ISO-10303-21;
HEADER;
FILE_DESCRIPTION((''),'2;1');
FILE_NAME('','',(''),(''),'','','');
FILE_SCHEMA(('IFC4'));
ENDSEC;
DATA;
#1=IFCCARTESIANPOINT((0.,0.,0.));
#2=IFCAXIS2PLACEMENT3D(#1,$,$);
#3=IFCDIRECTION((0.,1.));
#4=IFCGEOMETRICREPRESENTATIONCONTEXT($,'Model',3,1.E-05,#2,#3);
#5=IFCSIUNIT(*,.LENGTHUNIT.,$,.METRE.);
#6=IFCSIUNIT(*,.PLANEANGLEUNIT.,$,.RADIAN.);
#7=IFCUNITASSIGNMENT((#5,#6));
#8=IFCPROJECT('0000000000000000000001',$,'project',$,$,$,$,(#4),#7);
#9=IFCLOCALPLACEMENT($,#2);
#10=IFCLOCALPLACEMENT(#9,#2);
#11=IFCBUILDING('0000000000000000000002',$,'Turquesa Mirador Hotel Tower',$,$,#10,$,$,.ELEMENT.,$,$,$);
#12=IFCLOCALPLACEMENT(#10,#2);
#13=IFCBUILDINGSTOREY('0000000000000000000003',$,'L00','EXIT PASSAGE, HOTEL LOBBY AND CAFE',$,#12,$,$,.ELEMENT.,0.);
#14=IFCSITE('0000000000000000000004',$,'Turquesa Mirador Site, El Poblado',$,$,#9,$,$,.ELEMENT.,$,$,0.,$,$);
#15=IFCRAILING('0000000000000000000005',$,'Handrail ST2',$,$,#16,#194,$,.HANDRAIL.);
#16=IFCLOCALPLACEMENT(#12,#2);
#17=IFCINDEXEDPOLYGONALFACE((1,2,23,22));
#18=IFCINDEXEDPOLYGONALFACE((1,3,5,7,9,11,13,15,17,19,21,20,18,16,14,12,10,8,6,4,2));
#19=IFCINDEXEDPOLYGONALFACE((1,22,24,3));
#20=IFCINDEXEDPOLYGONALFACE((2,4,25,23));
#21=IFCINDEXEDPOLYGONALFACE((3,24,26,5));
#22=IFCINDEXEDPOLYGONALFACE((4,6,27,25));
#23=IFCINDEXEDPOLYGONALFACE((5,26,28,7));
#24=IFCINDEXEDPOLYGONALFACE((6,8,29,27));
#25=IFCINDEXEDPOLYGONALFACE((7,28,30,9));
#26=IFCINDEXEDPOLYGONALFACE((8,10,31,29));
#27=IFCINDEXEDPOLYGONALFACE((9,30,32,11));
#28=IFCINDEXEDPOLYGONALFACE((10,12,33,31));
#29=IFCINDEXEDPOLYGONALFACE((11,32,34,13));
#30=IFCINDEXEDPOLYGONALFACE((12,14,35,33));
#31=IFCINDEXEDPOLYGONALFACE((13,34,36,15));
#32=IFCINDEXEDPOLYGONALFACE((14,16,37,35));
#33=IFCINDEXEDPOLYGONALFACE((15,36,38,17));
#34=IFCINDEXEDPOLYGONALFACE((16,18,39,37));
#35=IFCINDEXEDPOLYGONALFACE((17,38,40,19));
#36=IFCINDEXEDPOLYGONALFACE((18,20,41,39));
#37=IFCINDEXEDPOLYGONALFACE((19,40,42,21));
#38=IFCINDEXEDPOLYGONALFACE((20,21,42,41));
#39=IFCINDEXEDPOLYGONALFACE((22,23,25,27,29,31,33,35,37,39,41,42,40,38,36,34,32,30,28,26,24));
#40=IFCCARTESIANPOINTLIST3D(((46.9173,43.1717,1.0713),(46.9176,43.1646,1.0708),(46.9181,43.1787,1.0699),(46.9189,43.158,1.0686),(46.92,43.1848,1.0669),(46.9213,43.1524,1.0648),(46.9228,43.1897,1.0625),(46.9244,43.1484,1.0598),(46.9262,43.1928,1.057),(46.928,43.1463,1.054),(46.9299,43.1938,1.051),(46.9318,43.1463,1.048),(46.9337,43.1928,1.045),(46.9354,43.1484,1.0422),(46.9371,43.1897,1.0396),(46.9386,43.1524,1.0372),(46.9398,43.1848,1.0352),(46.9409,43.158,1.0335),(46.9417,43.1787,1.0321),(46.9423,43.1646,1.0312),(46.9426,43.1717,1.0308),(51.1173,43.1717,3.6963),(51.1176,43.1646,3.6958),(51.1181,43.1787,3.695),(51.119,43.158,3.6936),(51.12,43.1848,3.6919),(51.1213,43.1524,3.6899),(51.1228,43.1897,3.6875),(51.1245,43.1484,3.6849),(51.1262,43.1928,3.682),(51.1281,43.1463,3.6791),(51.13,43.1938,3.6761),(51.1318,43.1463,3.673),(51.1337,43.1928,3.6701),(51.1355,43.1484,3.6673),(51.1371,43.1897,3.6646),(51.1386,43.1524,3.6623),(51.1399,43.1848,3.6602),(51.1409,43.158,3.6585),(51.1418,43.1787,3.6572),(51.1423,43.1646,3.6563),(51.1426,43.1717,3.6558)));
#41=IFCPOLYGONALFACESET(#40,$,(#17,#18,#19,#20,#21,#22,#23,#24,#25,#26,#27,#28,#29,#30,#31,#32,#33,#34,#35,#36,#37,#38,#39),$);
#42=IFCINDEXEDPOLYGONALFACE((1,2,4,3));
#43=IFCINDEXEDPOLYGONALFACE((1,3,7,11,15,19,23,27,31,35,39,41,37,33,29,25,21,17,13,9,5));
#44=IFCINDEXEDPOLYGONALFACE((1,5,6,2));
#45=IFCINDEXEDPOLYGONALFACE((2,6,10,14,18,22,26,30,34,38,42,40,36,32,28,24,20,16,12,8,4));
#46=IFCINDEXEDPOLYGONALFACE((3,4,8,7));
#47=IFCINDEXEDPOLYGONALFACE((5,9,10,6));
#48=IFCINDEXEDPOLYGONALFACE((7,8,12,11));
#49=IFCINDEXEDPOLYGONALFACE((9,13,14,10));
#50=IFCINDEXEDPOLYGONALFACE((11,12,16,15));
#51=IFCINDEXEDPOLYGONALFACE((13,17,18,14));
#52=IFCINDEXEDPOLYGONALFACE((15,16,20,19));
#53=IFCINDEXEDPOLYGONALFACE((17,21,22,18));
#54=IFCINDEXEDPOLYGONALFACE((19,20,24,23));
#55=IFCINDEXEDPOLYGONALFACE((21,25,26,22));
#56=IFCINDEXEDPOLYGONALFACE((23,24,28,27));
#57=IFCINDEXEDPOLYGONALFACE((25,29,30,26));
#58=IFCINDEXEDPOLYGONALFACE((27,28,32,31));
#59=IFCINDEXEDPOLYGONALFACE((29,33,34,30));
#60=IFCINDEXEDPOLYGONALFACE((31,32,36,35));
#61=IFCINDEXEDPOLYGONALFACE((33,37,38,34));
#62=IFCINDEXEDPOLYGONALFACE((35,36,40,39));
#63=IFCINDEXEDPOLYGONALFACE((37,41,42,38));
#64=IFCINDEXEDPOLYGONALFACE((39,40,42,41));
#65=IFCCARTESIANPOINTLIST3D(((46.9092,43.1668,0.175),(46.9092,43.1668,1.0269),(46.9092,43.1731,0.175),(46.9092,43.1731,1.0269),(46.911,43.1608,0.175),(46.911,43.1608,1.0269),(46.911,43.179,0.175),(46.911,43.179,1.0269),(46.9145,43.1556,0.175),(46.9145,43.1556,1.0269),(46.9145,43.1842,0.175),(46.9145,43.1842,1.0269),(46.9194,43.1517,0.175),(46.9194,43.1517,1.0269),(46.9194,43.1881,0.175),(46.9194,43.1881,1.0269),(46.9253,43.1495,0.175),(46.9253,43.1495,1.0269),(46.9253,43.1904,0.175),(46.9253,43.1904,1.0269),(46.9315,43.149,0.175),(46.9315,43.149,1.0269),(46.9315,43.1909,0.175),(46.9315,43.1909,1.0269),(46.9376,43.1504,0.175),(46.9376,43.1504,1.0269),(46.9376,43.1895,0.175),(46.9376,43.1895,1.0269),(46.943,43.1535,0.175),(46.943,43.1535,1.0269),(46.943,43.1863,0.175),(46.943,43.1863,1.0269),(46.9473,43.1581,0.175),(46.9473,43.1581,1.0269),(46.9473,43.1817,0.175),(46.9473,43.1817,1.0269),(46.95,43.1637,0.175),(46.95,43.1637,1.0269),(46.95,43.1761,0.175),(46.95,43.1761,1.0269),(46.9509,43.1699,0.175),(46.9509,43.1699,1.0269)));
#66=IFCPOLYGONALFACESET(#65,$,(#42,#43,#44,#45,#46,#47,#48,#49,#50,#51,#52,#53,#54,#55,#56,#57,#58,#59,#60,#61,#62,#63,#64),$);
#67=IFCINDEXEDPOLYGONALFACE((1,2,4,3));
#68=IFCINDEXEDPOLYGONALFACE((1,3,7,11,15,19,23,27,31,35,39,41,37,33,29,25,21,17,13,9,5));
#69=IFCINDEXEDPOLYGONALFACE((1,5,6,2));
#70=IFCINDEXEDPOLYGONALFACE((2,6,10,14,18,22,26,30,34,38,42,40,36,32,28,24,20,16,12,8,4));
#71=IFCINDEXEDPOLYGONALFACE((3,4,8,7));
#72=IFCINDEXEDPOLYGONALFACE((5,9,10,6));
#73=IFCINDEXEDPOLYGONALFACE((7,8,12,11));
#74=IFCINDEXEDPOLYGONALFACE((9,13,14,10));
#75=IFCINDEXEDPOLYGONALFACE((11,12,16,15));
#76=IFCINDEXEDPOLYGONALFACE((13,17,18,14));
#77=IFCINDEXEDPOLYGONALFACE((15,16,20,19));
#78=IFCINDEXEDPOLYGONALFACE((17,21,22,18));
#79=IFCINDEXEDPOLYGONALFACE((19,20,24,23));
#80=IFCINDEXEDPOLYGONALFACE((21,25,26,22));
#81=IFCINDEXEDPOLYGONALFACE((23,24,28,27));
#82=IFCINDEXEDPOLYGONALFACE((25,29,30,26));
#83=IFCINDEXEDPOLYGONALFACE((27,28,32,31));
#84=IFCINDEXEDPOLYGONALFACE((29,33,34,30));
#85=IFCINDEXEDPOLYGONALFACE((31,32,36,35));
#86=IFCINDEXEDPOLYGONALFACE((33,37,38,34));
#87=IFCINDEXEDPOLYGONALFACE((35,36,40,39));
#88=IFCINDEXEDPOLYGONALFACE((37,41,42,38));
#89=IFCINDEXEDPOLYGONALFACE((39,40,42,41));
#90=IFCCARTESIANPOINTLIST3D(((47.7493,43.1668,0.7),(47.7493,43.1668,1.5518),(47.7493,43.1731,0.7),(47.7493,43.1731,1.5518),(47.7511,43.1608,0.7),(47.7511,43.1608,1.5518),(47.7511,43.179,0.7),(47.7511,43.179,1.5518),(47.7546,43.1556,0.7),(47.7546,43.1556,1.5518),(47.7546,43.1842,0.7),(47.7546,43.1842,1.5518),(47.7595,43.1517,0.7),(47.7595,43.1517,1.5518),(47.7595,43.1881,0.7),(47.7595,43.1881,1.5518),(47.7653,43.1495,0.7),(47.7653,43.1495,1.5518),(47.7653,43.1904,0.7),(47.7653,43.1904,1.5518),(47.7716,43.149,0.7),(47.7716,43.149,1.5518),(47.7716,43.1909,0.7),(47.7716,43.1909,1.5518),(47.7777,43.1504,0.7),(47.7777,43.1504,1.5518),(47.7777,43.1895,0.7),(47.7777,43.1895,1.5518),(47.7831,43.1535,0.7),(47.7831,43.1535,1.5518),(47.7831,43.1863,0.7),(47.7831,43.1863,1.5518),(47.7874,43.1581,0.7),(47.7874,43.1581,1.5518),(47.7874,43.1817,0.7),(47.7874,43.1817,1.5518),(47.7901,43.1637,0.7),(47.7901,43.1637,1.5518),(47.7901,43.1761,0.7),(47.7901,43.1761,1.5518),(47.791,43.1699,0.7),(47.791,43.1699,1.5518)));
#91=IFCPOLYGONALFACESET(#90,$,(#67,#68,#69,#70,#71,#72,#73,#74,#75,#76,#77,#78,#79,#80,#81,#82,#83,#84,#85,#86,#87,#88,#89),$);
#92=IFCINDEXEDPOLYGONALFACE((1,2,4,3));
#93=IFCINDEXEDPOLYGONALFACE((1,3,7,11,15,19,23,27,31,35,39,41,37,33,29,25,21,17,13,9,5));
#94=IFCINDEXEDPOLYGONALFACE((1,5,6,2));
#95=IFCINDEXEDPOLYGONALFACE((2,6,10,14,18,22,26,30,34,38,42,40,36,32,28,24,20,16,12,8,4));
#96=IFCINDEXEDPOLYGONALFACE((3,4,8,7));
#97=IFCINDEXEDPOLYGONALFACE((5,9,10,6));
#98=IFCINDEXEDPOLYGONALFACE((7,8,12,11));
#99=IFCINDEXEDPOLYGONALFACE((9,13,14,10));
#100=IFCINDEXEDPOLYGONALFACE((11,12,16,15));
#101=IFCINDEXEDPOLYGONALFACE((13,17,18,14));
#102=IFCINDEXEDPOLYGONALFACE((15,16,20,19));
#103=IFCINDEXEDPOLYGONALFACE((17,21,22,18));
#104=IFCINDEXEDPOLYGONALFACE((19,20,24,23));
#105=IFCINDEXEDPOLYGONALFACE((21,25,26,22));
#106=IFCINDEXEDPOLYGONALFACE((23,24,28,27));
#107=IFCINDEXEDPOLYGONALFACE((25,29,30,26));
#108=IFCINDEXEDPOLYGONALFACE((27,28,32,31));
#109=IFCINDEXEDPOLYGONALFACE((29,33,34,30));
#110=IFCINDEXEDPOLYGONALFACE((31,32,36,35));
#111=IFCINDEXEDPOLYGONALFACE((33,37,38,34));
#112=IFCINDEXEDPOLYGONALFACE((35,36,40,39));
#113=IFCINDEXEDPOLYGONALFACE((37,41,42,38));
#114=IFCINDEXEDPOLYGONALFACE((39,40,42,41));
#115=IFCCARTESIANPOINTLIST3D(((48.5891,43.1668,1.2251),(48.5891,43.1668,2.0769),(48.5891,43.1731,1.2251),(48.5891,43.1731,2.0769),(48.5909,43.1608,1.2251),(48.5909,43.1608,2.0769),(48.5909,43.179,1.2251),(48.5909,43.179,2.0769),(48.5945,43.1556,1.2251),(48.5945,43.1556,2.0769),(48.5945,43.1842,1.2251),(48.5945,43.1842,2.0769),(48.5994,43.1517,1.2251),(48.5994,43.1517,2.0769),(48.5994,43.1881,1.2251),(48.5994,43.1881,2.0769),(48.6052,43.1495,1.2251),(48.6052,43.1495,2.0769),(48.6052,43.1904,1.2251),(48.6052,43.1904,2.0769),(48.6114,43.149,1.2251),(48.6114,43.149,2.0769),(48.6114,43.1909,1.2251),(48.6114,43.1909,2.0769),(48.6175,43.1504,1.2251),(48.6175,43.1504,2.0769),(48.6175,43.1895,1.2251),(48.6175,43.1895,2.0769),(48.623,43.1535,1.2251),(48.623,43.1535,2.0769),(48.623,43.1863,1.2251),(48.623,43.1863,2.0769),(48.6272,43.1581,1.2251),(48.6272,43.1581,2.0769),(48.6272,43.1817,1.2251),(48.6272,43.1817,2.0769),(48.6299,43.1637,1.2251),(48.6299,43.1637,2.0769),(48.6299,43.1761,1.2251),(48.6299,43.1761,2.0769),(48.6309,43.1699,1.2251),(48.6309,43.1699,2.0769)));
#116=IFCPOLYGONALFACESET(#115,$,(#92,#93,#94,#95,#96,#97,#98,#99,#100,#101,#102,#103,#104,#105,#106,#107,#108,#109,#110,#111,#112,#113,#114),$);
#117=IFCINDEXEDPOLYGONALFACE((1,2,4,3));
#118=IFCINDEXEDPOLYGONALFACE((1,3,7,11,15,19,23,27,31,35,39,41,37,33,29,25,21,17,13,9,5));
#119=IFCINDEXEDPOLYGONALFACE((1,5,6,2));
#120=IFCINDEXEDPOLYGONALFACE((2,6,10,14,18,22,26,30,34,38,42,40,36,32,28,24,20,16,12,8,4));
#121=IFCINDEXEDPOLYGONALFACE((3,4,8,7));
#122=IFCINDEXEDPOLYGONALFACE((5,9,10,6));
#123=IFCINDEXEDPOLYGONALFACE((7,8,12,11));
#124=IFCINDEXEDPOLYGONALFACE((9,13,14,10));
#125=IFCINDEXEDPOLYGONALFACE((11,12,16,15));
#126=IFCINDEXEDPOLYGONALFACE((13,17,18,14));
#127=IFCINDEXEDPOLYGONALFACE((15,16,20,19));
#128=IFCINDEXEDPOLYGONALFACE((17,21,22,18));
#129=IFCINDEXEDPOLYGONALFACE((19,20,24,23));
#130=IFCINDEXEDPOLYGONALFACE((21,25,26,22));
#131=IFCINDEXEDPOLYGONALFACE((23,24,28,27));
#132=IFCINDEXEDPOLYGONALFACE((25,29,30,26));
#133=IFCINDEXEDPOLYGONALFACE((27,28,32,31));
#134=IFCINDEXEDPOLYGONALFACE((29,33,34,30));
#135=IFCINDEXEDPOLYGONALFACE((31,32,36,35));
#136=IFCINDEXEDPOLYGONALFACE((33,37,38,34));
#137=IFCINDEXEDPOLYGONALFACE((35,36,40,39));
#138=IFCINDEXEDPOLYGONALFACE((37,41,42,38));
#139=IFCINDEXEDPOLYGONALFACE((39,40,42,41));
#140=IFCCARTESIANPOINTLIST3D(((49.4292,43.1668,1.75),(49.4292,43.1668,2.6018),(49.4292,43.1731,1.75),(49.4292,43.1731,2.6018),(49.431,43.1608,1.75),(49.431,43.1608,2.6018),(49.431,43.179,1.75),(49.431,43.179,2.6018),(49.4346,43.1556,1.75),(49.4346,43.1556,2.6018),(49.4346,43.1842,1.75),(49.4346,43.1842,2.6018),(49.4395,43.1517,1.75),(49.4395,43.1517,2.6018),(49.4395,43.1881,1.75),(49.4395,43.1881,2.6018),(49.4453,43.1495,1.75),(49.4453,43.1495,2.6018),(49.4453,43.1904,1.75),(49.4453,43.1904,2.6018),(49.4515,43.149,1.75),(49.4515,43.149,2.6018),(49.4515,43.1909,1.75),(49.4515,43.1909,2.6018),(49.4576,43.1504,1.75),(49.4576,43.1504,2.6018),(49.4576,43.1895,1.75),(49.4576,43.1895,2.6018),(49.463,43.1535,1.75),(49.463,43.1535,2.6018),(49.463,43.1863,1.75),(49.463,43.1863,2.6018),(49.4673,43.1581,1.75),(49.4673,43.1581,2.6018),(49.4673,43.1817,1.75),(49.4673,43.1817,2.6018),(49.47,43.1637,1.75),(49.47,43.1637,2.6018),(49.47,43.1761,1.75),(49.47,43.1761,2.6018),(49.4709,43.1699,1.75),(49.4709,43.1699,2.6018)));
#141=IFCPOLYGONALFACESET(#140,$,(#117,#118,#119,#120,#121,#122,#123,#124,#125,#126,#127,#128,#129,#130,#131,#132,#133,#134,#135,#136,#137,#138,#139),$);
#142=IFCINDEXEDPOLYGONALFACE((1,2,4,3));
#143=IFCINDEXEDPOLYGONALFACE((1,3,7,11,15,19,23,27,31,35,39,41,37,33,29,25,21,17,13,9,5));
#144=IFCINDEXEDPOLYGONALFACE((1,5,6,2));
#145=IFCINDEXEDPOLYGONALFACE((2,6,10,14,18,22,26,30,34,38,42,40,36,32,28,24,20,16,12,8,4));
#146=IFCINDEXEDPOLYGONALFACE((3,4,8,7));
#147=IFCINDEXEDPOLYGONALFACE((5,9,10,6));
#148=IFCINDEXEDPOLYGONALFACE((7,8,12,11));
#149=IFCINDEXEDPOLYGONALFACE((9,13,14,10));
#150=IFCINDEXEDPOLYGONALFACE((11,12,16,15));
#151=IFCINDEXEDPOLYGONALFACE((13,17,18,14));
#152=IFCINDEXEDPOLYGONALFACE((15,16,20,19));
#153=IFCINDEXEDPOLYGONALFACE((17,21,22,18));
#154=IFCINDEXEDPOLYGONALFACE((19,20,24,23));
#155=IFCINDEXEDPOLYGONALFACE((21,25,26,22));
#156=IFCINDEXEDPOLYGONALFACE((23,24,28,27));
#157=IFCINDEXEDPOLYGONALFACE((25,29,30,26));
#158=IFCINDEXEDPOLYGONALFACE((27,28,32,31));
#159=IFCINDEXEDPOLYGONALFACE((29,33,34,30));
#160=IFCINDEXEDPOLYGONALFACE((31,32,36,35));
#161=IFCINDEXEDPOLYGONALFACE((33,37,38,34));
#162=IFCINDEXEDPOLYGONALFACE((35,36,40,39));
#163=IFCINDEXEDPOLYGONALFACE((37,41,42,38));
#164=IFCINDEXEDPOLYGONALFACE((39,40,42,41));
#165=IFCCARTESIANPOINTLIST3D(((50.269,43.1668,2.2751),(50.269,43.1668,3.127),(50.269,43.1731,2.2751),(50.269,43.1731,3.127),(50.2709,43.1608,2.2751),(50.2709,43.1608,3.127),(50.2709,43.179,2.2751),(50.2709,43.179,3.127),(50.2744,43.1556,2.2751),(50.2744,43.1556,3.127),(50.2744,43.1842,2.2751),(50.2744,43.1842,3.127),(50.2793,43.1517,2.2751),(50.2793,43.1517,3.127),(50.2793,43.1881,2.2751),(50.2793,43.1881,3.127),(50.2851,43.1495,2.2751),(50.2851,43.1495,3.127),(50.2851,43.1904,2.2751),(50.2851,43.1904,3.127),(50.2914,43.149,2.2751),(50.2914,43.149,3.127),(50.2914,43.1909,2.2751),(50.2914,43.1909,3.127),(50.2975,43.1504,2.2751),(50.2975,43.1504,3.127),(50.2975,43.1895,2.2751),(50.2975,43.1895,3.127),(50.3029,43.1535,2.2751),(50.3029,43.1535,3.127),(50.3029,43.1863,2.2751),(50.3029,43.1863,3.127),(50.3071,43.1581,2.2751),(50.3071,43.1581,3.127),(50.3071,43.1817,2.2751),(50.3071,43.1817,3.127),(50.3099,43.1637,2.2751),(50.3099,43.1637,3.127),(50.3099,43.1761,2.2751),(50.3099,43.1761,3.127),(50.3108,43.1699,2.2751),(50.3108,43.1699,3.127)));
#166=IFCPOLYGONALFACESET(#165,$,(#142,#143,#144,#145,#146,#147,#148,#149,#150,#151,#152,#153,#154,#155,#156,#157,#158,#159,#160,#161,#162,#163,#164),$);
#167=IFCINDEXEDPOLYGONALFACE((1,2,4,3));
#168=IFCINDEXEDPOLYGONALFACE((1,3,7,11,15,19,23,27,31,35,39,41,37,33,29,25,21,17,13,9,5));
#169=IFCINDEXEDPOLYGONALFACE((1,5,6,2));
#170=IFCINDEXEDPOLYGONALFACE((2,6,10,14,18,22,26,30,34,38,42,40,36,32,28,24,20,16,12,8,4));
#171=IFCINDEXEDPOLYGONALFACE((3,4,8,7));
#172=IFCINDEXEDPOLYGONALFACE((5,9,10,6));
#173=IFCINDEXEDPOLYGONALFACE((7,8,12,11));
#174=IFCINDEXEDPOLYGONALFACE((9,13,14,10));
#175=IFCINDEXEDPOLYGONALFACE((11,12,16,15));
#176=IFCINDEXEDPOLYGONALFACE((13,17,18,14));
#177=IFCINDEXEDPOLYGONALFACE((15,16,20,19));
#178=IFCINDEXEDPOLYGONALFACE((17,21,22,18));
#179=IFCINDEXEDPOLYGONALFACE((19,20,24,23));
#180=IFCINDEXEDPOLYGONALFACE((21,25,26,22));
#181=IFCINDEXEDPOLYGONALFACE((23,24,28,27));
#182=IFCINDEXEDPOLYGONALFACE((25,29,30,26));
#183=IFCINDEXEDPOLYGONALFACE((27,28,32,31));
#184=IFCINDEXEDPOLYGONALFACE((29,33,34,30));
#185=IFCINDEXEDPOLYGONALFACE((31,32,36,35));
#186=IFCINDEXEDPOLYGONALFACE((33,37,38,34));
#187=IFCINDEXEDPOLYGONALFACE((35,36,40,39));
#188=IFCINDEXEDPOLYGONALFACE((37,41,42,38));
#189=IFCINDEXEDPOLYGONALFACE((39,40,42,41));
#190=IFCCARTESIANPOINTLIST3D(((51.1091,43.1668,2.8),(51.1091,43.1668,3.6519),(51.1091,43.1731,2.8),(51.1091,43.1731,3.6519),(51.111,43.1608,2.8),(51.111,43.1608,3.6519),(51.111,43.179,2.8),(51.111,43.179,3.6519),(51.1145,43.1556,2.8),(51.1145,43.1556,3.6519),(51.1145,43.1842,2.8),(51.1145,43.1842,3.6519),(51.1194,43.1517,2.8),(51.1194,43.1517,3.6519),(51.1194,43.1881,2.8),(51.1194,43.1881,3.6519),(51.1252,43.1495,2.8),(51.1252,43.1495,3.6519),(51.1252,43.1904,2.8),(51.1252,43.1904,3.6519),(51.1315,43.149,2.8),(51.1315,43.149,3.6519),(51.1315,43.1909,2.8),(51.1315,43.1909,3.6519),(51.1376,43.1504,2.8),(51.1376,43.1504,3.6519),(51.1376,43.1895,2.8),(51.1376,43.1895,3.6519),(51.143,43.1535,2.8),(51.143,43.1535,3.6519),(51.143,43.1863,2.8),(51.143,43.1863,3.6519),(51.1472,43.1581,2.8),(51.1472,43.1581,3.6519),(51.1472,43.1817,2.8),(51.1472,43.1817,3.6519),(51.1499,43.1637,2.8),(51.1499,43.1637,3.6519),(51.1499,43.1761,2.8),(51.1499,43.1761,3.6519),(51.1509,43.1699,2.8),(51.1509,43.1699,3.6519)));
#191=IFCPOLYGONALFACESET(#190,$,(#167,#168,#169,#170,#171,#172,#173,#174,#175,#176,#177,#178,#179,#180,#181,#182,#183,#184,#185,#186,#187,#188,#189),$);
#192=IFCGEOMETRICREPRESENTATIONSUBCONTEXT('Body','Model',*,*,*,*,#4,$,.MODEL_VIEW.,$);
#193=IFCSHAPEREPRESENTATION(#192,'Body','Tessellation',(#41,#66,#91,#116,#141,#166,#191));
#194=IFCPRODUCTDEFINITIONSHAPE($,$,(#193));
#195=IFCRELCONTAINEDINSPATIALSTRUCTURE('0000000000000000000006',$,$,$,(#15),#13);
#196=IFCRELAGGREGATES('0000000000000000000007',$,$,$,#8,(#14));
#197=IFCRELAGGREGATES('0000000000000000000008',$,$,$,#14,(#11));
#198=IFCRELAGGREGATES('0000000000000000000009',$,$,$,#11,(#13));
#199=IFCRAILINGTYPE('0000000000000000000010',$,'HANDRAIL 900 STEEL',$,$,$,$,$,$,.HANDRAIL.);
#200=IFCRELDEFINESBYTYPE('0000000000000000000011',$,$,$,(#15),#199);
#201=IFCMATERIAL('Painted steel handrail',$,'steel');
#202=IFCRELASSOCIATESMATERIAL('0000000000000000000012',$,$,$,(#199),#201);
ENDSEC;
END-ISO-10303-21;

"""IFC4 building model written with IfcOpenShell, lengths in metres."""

from ifc_helpers import new_model, si_unit, direction, frame, origin, origin_2d, place, context, subcontext, project, spatial, circle, extrude, material, type_object, element, save


model = new_model("IFC4")

# Units and contexts
model_context = context("Model", 3, precision=1e-05, world=origin(), true_north=direction((0.0, 1.0)))
body_context = subcontext(model_context, "Body", "Model", "MODEL_VIEW")
ifc_project = project(units=[si_unit("LENGTHUNIT", "METRE"), si_unit("PLANEANGLEUNIT", "RADIAN")], contexts=[model_context])

# Site, building, storey
site_placement = place(None, origin())
site = spatial("IfcSite", under=ifc_project, at=site_placement, Name="Turquesa Mirador Site, El Poblado", CompositionType="ELEMENT", RefElevation=0.0)
building_placement = place(site_placement, origin())
building = spatial("IfcBuilding", under=site, at=building_placement, Name="Turquesa Mirador Hotel Tower", CompositionType="ELEMENT")
storey_placement = place(building_placement, origin())
storey = spatial("IfcBuildingStorey", under=building, at=storey_placement, Name="L00", Description="EXIT PASSAGE, HOTEL LOBBY AND CAFE", CompositionType="ELEMENT", Elevation=0.0)

# Railing
ifc_material_1 = material(Name="Painted steel handrail", Category="steel")
railing_type = type_object("IfcRailingType", Name="HANDRAIL 900 STEEL", PredefinedType="HANDRAIL", material=ifc_material_1)
railing_placement = place(storey_placement, frame((46.9299, 43.1699, 0.175)))
element("IfcRailing", 1, at=railing_placement, inside=storey, type_object=railing_type, Name="Handrail ST2", PredefinedType="HANDRAIL", context=body_context, shape_type="SweptSolid", body=[
    extrude(circle(Radius=0.0239, at=origin_2d()), frame((0.0, 0.0, 0.876), z_axis=(0.847996, 0.0, 0.530003), x_axis=(0.0, 1.0, 0.0)), (0.0, 0.0, 1.0), 4.9529),
    extrude(circle(Radius=0.021, at=origin_2d()), origin(), (0.0, 0.0, 1.0), 0.8518),
    extrude(circle(Radius=0.021, at=origin_2d()), frame((0.8401, 0.0, 0.5249)), (0.0, 0.0, 1.0), 0.8518),
    extrude(circle(Radius=0.021, at=origin_2d()), frame((1.6799, 0.0, 1.05)), (0.0, 0.0, 1.0), 0.8518),
    extrude(circle(Radius=0.021, at=origin_2d()), frame((2.52, 0.0, 1.575)), (0.0, 0.0, 1.0), 0.8518),
    extrude(circle(Radius=0.021, at=origin_2d()), frame((3.3599, 0.0, 2.1001)), (0.0, 0.0, 1.0), 0.8518),
    extrude(circle(Radius=0.021, at=origin_2d()), frame((4.2, 0.0, 2.625)), (0.0, 0.0, 1.0), 0.8518),
])

save(model, "model.ifc")
